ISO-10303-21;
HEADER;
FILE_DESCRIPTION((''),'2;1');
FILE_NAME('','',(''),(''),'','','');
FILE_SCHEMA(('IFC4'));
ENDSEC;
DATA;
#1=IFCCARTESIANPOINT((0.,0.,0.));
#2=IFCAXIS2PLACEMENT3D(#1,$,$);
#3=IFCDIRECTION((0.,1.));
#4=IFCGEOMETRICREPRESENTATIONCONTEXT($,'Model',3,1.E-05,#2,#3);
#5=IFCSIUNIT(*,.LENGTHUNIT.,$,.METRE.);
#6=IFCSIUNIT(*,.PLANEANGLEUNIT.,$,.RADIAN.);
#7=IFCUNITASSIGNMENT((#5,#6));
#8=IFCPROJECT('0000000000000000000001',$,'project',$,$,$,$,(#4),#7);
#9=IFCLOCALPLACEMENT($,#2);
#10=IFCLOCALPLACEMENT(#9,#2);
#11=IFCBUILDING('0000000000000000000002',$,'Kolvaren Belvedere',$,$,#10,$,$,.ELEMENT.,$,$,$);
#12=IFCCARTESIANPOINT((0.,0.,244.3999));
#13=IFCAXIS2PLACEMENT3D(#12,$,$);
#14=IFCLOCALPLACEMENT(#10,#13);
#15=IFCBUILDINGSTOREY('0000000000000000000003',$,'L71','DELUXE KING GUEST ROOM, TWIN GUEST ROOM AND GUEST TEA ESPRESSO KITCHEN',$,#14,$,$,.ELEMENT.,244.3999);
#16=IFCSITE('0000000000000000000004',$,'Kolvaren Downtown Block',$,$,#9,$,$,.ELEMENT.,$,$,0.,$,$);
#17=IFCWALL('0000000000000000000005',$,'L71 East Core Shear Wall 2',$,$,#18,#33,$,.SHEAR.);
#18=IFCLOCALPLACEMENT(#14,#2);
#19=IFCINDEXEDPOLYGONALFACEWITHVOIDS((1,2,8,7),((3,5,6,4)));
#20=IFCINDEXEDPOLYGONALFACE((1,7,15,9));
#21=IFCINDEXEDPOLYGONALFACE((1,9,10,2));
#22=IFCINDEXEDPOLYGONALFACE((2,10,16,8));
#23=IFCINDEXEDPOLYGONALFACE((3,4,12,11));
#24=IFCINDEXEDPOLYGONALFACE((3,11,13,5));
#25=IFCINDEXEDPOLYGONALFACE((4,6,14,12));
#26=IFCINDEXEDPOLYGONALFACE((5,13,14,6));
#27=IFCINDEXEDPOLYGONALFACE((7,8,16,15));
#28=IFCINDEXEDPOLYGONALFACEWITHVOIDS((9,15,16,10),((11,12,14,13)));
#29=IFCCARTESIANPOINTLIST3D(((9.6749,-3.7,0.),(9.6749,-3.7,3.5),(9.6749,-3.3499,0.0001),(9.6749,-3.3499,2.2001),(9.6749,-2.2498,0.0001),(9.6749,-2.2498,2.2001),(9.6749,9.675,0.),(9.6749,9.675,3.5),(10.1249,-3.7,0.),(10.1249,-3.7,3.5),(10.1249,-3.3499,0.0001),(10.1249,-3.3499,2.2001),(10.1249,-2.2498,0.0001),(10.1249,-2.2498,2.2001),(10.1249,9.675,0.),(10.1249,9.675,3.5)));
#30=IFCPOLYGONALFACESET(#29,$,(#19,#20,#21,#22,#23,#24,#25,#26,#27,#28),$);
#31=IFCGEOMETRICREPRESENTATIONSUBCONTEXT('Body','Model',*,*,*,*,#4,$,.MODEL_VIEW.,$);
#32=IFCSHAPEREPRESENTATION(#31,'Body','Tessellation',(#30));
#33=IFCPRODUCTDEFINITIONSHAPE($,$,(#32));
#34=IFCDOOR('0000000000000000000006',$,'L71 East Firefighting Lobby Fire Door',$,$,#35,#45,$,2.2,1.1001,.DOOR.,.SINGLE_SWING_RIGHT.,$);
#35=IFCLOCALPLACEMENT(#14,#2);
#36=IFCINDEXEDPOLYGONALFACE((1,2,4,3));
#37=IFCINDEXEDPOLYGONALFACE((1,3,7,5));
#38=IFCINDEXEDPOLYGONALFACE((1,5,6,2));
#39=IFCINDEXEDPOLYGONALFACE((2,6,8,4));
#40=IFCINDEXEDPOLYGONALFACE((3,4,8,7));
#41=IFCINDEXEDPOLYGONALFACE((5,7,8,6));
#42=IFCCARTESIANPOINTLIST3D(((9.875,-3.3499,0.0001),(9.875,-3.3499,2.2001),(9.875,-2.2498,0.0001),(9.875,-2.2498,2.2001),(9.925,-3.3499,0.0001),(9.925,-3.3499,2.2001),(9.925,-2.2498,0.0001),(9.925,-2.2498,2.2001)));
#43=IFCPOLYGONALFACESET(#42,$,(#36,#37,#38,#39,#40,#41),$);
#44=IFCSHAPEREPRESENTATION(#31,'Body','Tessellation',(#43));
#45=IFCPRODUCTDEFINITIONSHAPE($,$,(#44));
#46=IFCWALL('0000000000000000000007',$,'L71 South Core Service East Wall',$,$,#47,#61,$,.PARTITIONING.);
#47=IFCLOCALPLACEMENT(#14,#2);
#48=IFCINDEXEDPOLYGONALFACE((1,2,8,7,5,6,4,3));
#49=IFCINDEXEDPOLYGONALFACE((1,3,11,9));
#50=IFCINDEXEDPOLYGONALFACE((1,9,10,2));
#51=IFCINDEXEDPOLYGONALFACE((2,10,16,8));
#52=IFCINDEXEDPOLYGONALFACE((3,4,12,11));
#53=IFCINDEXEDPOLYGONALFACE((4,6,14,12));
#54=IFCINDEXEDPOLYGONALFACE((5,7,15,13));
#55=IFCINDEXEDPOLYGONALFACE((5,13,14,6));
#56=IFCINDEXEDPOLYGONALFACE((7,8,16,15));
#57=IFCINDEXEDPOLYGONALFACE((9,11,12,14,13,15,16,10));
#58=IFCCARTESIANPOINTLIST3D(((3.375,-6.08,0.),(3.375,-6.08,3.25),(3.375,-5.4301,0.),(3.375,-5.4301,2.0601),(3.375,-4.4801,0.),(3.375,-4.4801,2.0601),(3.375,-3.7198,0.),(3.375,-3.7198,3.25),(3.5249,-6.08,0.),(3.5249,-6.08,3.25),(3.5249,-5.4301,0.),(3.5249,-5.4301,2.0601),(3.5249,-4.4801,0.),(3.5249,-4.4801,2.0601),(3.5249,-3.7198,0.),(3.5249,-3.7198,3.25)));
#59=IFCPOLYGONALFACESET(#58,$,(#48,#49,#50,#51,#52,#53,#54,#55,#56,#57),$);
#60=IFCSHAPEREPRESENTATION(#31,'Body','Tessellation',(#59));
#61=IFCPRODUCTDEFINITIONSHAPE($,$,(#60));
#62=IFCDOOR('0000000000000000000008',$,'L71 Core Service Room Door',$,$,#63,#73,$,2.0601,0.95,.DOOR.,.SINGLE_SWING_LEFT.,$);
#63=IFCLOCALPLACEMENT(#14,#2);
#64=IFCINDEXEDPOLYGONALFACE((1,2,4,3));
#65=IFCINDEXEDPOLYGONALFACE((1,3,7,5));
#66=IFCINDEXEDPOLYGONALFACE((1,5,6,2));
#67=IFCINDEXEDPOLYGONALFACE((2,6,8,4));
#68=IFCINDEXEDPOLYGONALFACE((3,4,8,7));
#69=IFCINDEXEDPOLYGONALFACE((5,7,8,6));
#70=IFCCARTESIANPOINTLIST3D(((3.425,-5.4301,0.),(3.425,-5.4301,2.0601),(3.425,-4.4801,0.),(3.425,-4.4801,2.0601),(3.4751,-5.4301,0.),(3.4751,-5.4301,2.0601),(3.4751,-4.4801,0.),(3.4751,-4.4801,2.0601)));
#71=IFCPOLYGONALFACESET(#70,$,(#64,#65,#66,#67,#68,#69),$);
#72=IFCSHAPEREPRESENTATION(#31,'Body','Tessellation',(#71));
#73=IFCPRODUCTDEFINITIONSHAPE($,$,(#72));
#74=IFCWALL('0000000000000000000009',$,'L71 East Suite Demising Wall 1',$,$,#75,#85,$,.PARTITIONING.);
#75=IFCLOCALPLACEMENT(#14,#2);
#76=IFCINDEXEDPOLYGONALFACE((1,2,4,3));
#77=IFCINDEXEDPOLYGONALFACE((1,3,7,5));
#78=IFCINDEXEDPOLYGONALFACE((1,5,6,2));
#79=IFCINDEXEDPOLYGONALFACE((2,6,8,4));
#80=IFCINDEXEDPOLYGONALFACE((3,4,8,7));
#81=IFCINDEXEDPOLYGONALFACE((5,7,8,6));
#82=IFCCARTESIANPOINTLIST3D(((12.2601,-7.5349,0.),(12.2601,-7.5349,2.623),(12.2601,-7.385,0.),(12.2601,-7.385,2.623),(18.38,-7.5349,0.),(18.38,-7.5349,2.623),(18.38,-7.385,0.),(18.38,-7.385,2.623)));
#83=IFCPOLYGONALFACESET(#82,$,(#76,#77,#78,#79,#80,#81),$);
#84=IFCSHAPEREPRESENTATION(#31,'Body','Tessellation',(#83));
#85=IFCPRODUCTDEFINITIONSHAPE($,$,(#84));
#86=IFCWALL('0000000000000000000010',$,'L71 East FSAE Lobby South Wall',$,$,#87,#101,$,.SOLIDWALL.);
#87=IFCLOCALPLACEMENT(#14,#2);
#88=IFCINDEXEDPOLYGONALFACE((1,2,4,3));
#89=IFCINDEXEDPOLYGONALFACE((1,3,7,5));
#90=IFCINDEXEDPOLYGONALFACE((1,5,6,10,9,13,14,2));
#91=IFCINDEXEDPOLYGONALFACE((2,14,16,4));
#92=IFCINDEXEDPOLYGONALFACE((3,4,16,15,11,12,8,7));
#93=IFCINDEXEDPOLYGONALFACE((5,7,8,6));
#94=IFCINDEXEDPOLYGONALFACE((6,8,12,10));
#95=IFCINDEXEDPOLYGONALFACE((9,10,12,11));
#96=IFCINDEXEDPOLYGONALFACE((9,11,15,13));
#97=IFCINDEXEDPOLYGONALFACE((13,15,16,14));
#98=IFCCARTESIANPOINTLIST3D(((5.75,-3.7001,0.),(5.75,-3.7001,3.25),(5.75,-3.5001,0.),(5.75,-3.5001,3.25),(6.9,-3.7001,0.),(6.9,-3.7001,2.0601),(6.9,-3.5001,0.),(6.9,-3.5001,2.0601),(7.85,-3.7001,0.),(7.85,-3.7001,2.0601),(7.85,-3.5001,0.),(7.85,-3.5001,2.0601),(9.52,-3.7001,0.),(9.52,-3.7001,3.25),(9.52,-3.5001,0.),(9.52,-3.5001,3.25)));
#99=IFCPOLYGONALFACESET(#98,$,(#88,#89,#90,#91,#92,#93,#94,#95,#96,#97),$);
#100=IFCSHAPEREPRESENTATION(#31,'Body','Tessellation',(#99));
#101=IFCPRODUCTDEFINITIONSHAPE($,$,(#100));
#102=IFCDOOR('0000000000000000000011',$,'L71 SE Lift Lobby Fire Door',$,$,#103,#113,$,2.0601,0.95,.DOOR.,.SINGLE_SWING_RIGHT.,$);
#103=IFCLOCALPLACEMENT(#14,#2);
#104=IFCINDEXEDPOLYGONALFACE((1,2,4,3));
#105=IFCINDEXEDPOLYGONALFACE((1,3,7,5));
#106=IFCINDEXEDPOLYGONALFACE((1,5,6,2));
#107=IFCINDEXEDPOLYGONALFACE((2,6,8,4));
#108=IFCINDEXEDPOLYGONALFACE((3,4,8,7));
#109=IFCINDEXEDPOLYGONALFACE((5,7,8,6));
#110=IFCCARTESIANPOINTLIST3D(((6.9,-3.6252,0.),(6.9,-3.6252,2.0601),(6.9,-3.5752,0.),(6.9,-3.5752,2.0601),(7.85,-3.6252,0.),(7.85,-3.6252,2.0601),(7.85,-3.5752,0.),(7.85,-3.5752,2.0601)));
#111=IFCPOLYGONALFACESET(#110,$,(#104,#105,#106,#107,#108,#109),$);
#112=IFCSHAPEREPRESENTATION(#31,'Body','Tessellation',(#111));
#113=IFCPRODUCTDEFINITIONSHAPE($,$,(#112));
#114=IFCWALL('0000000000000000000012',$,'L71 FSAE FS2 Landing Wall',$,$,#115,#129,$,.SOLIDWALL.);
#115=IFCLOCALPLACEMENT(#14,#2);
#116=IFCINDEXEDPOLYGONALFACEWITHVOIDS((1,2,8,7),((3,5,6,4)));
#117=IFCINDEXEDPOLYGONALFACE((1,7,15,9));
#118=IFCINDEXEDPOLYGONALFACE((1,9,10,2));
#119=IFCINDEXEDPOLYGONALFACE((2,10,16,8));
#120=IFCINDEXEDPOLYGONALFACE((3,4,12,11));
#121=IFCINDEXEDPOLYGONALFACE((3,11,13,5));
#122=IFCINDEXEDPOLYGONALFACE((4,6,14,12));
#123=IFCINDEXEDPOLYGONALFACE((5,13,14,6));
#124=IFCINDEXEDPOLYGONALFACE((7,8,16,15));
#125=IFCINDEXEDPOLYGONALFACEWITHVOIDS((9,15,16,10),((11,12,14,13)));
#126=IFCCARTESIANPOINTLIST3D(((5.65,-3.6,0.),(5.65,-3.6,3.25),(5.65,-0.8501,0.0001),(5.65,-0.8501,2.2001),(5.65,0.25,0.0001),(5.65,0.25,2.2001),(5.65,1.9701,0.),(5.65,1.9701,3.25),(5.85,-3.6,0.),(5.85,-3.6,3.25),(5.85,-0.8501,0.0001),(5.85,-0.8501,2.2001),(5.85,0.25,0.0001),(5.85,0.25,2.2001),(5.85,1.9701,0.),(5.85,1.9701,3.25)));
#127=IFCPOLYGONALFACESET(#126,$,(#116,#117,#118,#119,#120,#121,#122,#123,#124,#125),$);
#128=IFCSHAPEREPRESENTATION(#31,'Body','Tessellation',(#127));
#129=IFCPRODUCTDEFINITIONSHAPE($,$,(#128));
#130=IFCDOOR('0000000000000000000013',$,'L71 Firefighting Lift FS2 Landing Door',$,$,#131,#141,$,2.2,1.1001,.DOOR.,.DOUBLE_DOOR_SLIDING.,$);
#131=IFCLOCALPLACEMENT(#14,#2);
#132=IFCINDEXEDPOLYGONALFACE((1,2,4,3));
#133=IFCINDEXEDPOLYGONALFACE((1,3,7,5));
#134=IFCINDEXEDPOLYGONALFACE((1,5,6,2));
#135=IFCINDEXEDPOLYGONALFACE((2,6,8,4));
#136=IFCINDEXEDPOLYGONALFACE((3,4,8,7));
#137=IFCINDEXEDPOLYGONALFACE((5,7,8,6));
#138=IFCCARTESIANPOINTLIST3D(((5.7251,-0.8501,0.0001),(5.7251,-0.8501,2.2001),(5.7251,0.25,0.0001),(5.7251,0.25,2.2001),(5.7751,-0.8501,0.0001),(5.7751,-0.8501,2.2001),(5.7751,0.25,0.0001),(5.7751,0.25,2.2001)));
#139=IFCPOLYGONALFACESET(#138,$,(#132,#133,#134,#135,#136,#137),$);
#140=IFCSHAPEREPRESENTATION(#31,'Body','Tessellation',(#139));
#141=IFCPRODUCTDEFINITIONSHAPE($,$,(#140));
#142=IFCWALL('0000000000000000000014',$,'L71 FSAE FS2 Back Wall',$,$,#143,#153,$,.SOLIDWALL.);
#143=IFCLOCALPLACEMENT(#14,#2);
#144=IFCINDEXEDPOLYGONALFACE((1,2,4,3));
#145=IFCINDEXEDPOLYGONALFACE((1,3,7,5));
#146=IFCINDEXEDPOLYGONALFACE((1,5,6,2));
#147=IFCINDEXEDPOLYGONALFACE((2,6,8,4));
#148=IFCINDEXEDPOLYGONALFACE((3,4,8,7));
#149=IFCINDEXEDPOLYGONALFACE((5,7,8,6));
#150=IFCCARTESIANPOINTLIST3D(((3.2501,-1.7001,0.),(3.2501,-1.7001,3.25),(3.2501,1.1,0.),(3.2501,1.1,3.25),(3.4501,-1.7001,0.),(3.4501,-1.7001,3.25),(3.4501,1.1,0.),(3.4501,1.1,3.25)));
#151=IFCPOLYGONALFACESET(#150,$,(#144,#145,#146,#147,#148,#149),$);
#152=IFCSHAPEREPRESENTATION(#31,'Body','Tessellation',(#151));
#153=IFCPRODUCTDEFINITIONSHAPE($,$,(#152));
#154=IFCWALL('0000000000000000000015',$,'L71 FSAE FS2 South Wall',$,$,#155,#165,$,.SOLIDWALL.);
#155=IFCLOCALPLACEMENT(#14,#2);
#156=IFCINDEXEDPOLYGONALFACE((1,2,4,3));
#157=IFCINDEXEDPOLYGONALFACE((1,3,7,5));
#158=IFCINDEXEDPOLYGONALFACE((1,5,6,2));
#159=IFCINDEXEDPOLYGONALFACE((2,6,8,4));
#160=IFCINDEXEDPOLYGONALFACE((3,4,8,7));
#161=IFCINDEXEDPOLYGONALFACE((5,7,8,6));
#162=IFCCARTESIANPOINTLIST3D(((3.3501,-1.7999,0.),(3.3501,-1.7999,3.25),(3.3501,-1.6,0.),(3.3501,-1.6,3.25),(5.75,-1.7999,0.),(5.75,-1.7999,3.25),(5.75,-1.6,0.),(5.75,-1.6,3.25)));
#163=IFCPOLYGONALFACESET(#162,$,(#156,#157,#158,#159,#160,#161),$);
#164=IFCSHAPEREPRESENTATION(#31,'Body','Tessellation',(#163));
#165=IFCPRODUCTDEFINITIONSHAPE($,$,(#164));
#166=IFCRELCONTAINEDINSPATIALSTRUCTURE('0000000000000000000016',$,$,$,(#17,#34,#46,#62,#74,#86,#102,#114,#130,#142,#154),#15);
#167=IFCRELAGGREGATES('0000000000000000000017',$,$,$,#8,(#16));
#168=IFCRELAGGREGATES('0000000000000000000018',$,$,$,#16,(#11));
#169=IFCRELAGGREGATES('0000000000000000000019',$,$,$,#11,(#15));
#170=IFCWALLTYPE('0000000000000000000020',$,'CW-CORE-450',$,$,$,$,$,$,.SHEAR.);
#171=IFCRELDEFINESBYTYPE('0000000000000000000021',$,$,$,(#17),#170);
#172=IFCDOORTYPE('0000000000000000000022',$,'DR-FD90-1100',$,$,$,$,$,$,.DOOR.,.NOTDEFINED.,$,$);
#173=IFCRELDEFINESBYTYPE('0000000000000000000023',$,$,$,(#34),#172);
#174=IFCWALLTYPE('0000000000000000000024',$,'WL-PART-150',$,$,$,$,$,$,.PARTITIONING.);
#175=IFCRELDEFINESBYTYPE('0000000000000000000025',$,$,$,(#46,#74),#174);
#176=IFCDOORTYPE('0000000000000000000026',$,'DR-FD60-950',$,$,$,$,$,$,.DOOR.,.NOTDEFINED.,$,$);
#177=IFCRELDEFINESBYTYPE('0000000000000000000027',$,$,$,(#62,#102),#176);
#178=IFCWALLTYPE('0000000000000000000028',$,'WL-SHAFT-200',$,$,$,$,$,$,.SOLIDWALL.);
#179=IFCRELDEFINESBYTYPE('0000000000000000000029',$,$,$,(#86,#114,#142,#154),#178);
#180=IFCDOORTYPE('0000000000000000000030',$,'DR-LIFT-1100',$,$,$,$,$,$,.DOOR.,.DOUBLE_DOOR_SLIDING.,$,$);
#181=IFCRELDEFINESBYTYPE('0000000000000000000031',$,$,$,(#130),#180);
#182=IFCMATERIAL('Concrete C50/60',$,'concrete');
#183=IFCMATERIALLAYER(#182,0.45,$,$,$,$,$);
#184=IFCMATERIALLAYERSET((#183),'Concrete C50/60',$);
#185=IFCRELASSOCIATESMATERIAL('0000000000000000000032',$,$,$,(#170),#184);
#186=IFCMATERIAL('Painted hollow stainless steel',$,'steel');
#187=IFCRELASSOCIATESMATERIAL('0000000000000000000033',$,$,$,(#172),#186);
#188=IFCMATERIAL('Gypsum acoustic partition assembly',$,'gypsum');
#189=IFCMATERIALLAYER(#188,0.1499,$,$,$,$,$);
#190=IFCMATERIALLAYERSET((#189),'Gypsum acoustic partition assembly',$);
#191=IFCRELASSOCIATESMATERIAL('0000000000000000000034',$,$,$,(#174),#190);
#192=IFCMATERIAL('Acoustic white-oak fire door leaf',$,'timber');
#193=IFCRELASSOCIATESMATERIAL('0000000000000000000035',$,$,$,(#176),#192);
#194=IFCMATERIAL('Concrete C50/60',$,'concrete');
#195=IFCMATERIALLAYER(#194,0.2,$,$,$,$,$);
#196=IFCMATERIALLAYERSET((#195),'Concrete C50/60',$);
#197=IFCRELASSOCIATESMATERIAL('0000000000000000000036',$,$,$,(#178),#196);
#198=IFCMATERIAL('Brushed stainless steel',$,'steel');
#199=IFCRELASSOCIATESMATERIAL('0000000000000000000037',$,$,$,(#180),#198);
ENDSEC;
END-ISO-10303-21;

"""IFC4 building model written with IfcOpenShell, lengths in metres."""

from ifc_helpers import new_model, si_unit, direction, frame, frame_2d, origin, place, context, subcontext, project, spatial, rectangle, extrude, material, layer, layer_set, type_object, element, fill, save


model = new_model("IFC4")

# Units and contexts
model_context = context("Model", 3, precision=1e-05, world=origin(), true_north=direction((0.0, 1.0)))
body_context = subcontext(model_context, "Body", "Model", "MODEL_VIEW")
ifc_project = project(units=[si_unit("LENGTHUNIT", "METRE"), si_unit("PLANEANGLEUNIT", "RADIAN")], contexts=[model_context])

# Site, building, storey
site_placement = place(None, origin())
site = spatial("IfcSite", under=ifc_project, at=site_placement, Name="Kolvaren Downtown Block", CompositionType="ELEMENT", RefElevation=0.0)
building_placement = place(site_placement, origin())
building = spatial("IfcBuilding", under=site, at=building_placement, Name="Kolvaren Belvedere", CompositionType="ELEMENT")
storey_placement = place(building_placement, frame((0.0, 0.0, 244.3999)))
storey = spatial("IfcBuildingStorey", under=building, at=storey_placement, Name="L71", Description="DELUXE KING GUEST ROOM, TWIN GUEST ROOM AND GUEST TEA ESPRESSO KITCHEN", CompositionType="ELEMENT", Elevation=244.3999)

# Walls, openings, doors
ifc_material_1 = material(Name="Concrete C50/60", Category="concrete")
ifc_layer_1 = layer(ifc_material_1, 0.45)
ifc_layer_set_1 = layer_set([ifc_layer_1], Name="Concrete C50/60")
wall_type_1 = type_object("IfcWallType", Name="CW-CORE-450", PredefinedType="SHEAR", material=ifc_layer_set_1)
wall_1_placement = place(storey_placement, frame((9.8999, -3.7, 0.0), z_axis=(0.0, 0.0, 1.0), x_axis=(0.0, 1.0, 0.0)))
wall_1 = element("IfcWall", 1, at=wall_1_placement, inside=storey, type_object=wall_type_1, Name="L71 East Core Shear Wall 2", PredefinedType="SHEAR", context=body_context, shape_type="SweptSolid", body=[
    extrude(rectangle(XDim=13.375, YDim=0.45, at=frame_2d((6.6875, 0.0))), origin(), (0.0, 0.0, 1.0), 3.5),
])
opening_1_placement = place(wall_1_placement, frame((0.3501, 0.0, 0.0)))
opening_1 = element("IfcOpeningElement", 2, at=opening_1_placement, cuts=wall_1, PredefinedType="OPENING", context=body_context, shape_type="SweptSolid", body=[
    extrude(rectangle(XDim=1.1001, YDim=2.2, at=frame_2d((0.55, 1.1001))), frame((0.0, 0.2349, 0.0), z_axis=(0.0, -1.0, 0.0), x_axis=(1.0, 0.0, 0.0)), (0.0, 0.0, 1.0), 0.47),
])
ifc_material_2 = material(Name="Painted hollow stainless steel", Category="steel")
door_type_1 = type_object("IfcDoorType", Name="DR-FD90-1100", OperationType="NOTDEFINED", PredefinedType="DOOR", material=ifc_material_2)
door_1_placement = place(opening_1_placement, origin())
door_1 = element("IfcDoor", 3, at=door_1_placement, inside=storey, type_object=door_type_1, Name="L71 East Firefighting Lobby Fire Door", OperationType="SINGLE_SWING_RIGHT", OverallHeight=2.2, OverallWidth=1.1001, PredefinedType="DOOR", context=body_context, shape_type="SweptSolid", body=[
    extrude(rectangle(XDim=1.1001, YDim=2.2, at=frame_2d((0.55, 1.1001))), frame((0.0, 0.0249, 0.0), z_axis=(0.0, -1.0, 0.0), x_axis=(1.0, 0.0, 0.0)), (0.0, 0.0, 1.0), 0.05),
])
fill(opening_1, door_1)
ifc_material_3 = material(Name="Gypsum acoustic partition assembly", Category="gypsum")
ifc_layer_2 = layer(ifc_material_3, 0.1499)
ifc_layer_set_2 = layer_set([ifc_layer_2], Name="Gypsum acoustic partition assembly")
wall_type_2 = type_object("IfcWallType", Name="WL-PART-150", PredefinedType="PARTITIONING", material=ifc_layer_set_2)
wall_2_placement = place(storey_placement, frame((3.45, -6.0801, 0.0), z_axis=(0.0, 0.0, 1.0), x_axis=(0.0, 1.0, 0.0)))
wall_2 = element("IfcWall", 4, at=wall_2_placement, inside=storey, type_object=wall_type_2, Name="L71 South Core Service East Wall", PredefinedType="PARTITIONING", context=body_context, shape_type="SweptSolid", body=[
    extrude(rectangle(XDim=2.3601, YDim=0.1499, at=frame_2d((1.1802, 0.0))), origin(), (0.0, 0.0, 1.0), 3.25),
])
opening_2_placement = place(wall_2_placement, frame((0.6499, 0.0, 0.0)))
opening_2 = element("IfcOpeningElement", 5, at=opening_2_placement, cuts=wall_2, PredefinedType="OPENING", context=body_context, shape_type="SweptSolid", body=[
    extrude(rectangle(XDim=0.95, YDim=2.0601, at=frame_2d((0.4751, 1.03))), frame((0.0, 0.085, 0.0), z_axis=(0.0, -1.0, 0.0), x_axis=(1.0, 0.0, 0.0)), (0.0, 0.0, 1.0), 0.1699),
])
ifc_material_4 = material(Name="Acoustic white-oak fire door leaf", Category="timber")
door_type_2 = type_object("IfcDoorType", Name="DR-FD60-950", OperationType="NOTDEFINED", PredefinedType="DOOR", material=ifc_material_4)
door_2_placement = place(opening_2_placement, origin())
door_2 = element("IfcDoor", 6, at=door_2_placement, inside=storey, type_object=door_type_2, Name="L71 Core Service Room Door", OperationType="SINGLE_SWING_LEFT", OverallHeight=2.0601, OverallWidth=0.95, PredefinedType="DOOR", context=body_context, shape_type="SweptSolid", body=[
    extrude(rectangle(XDim=0.95, YDim=2.0601, at=frame_2d((0.4751, 1.03))), frame((0.0, 0.0249, 0.0), z_axis=(0.0, -1.0, 0.0), x_axis=(1.0, 0.0, 0.0)), (0.0, 0.0, 1.0), 0.05),
])
fill(opening_2, door_2)

# Wall
wall_3_placement = place(storey_placement, frame((12.26, -7.46, 0.0), z_axis=(0.0, 0.0, 1.0), x_axis=(1.0, 0.0, 0.0)))
element("IfcWall", 7, at=wall_3_placement, inside=storey, type_object=wall_type_2, Name="L71 East Suite Demising Wall 1", PredefinedType="PARTITIONING", context=body_context, shape_type="SweptSolid", body=[
    extrude(rectangle(XDim=6.1199, YDim=0.1499, at=frame_2d((3.0601, 0.0))), origin(), (0.0, 0.0, 1.0), 2.623),
])

# Walls, openings, doors
ifc_material_5 = material(Name="Concrete C50/60", Category="concrete")
ifc_layer_3 = layer(ifc_material_5, 0.2)
ifc_layer_set_3 = layer_set([ifc_layer_3], Name="Concrete C50/60")
wall_type_3 = type_object("IfcWallType", Name="WL-SHAFT-200", PredefinedType="SOLIDWALL", material=ifc_layer_set_3)
wall_4_placement = place(storey_placement, frame((5.75, -3.6001, 0.0), z_axis=(0.0, 0.0, 1.0), x_axis=(1.0, 0.0, 0.0)))
wall_4 = element("IfcWall", 8, at=wall_4_placement, inside=storey, type_object=wall_type_3, Name="L71 East FSAE Lobby South Wall", PredefinedType="SOLIDWALL", context=body_context, shape_type="SweptSolid", body=[
    extrude(rectangle(XDim=3.77, YDim=0.2, at=frame_2d((1.885, 0.0))), origin(), (0.0, 0.0, 1.0), 3.25),
])
opening_3_placement = place(wall_4_placement, frame((1.1499, 0.0, 0.0)))
opening_3 = element("IfcOpeningElement", 9, at=opening_3_placement, cuts=wall_4, PredefinedType="OPENING", context=body_context, shape_type="SweptSolid", body=[
    extrude(rectangle(XDim=0.95, YDim=2.0601, at=frame_2d((0.4751, 1.03))), frame((0.0, 0.1099, 0.0), z_axis=(0.0, -1.0, 0.0), x_axis=(1.0, 0.0, 0.0)), (0.0, 0.0, 1.0), 0.22),
])
door_3_placement = place(opening_3_placement, origin())
door_3 = element("IfcDoor", 10, at=door_3_placement, inside=storey, type_object=door_type_2, Name="L71 SE Lift Lobby Fire Door", OperationType="SINGLE_SWING_RIGHT", OverallHeight=2.0601, OverallWidth=0.95, PredefinedType="DOOR", context=body_context, shape_type="SweptSolid", body=[
    extrude(rectangle(XDim=0.95, YDim=2.0601, at=frame_2d((0.4751, 1.03))), frame((0.0, 0.0249, 0.0), z_axis=(0.0, -1.0, 0.0), x_axis=(1.0, 0.0, 0.0)), (0.0, 0.0, 1.0), 0.05),
])
fill(opening_3, door_3)
wall_5_placement = place(storey_placement, frame((5.75, -3.6001, 0.0), z_axis=(0.0, 0.0, 1.0), x_axis=(0.0, 1.0, 0.0)))
wall_5 = element("IfcWall", 11, at=wall_5_placement, inside=storey, type_object=wall_type_3, Name="L71 FSAE FS2 Landing Wall", PredefinedType="SOLIDWALL", context=body_context, shape_type="SweptSolid", body=[
    extrude(rectangle(XDim=5.5701, YDim=0.2, at=frame_2d((2.7852, 0.0))), origin(), (0.0, 0.0, 1.0), 3.25),
])
opening_4_placement = place(wall_5_placement, frame((2.75, 0.0, 0.0)))
opening_4 = element("IfcOpeningElement", 12, at=opening_4_placement, cuts=wall_5, PredefinedType="OPENING", context=body_context, shape_type="SweptSolid", body=[
    extrude(rectangle(XDim=1.1001, YDim=2.2, at=frame_2d((0.55, 1.1001))), frame((0.0, 0.1099, 0.0), z_axis=(0.0, -1.0, 0.0), x_axis=(1.0, 0.0, 0.0)), (0.0, 0.0, 1.0), 0.22),
])
ifc_material_6 = material(Name="Brushed stainless steel", Category="steel")
door_type_3 = type_object("IfcDoorType", Name="DR-LIFT-1100", OperationType="DOUBLE_DOOR_SLIDING", PredefinedType="DOOR", material=ifc_material_6)
door_4_placement = place(opening_4_placement, origin())
door_4 = element("IfcDoor", 13, at=door_4_placement, inside=storey, type_object=door_type_3, Name="L71 Firefighting Lift FS2 Landing Door", OperationType="DOUBLE_DOOR_SLIDING", OverallHeight=2.2, OverallWidth=1.1001, PredefinedType="DOOR", context=body_context, shape_type="SweptSolid", body=[
    extrude(rectangle(XDim=1.1001, YDim=2.2, at=frame_2d((0.55, 1.1001))), frame((0.0, 0.0249, 0.0), z_axis=(0.0, -1.0, 0.0), x_axis=(1.0, 0.0, 0.0)), (0.0, 0.0, 1.0), 0.05),
])
fill(opening_4, door_4)

# Walls
wall_6_placement = place(storey_placement, frame((3.3501, -1.7, 0.0), z_axis=(0.0, 0.0, 1.0), x_axis=(0.0, 1.0, 0.0)))
element("IfcWall", 14, at=wall_6_placement, inside=storey, type_object=wall_type_3, Name="L71 FSAE FS2 Back Wall", PredefinedType="SOLIDWALL", context=body_context, shape_type="SweptSolid", body=[
    extrude(rectangle(XDim=2.8, YDim=0.2, at=frame_2d((1.3999, 0.0))), origin(), (0.0, 0.0, 1.0), 3.25),
])
wall_7_placement = place(storey_placement, frame((3.3501, -1.7, 0.0), z_axis=(0.0, 0.0, 1.0), x_axis=(1.0, 0.0, 0.0)))
element("IfcWall", 15, at=wall_7_placement, inside=storey, type_object=wall_type_3, Name="L71 FSAE FS2 South Wall", PredefinedType="SOLIDWALL", context=body_context, shape_type="SweptSolid", body=[
    extrude(rectangle(XDim=2.3999, YDim=0.2, at=frame_2d((1.2, 0.0))), origin(), (0.0, 0.0, 1.0), 3.25),
])

save(model, "model.ifc")
